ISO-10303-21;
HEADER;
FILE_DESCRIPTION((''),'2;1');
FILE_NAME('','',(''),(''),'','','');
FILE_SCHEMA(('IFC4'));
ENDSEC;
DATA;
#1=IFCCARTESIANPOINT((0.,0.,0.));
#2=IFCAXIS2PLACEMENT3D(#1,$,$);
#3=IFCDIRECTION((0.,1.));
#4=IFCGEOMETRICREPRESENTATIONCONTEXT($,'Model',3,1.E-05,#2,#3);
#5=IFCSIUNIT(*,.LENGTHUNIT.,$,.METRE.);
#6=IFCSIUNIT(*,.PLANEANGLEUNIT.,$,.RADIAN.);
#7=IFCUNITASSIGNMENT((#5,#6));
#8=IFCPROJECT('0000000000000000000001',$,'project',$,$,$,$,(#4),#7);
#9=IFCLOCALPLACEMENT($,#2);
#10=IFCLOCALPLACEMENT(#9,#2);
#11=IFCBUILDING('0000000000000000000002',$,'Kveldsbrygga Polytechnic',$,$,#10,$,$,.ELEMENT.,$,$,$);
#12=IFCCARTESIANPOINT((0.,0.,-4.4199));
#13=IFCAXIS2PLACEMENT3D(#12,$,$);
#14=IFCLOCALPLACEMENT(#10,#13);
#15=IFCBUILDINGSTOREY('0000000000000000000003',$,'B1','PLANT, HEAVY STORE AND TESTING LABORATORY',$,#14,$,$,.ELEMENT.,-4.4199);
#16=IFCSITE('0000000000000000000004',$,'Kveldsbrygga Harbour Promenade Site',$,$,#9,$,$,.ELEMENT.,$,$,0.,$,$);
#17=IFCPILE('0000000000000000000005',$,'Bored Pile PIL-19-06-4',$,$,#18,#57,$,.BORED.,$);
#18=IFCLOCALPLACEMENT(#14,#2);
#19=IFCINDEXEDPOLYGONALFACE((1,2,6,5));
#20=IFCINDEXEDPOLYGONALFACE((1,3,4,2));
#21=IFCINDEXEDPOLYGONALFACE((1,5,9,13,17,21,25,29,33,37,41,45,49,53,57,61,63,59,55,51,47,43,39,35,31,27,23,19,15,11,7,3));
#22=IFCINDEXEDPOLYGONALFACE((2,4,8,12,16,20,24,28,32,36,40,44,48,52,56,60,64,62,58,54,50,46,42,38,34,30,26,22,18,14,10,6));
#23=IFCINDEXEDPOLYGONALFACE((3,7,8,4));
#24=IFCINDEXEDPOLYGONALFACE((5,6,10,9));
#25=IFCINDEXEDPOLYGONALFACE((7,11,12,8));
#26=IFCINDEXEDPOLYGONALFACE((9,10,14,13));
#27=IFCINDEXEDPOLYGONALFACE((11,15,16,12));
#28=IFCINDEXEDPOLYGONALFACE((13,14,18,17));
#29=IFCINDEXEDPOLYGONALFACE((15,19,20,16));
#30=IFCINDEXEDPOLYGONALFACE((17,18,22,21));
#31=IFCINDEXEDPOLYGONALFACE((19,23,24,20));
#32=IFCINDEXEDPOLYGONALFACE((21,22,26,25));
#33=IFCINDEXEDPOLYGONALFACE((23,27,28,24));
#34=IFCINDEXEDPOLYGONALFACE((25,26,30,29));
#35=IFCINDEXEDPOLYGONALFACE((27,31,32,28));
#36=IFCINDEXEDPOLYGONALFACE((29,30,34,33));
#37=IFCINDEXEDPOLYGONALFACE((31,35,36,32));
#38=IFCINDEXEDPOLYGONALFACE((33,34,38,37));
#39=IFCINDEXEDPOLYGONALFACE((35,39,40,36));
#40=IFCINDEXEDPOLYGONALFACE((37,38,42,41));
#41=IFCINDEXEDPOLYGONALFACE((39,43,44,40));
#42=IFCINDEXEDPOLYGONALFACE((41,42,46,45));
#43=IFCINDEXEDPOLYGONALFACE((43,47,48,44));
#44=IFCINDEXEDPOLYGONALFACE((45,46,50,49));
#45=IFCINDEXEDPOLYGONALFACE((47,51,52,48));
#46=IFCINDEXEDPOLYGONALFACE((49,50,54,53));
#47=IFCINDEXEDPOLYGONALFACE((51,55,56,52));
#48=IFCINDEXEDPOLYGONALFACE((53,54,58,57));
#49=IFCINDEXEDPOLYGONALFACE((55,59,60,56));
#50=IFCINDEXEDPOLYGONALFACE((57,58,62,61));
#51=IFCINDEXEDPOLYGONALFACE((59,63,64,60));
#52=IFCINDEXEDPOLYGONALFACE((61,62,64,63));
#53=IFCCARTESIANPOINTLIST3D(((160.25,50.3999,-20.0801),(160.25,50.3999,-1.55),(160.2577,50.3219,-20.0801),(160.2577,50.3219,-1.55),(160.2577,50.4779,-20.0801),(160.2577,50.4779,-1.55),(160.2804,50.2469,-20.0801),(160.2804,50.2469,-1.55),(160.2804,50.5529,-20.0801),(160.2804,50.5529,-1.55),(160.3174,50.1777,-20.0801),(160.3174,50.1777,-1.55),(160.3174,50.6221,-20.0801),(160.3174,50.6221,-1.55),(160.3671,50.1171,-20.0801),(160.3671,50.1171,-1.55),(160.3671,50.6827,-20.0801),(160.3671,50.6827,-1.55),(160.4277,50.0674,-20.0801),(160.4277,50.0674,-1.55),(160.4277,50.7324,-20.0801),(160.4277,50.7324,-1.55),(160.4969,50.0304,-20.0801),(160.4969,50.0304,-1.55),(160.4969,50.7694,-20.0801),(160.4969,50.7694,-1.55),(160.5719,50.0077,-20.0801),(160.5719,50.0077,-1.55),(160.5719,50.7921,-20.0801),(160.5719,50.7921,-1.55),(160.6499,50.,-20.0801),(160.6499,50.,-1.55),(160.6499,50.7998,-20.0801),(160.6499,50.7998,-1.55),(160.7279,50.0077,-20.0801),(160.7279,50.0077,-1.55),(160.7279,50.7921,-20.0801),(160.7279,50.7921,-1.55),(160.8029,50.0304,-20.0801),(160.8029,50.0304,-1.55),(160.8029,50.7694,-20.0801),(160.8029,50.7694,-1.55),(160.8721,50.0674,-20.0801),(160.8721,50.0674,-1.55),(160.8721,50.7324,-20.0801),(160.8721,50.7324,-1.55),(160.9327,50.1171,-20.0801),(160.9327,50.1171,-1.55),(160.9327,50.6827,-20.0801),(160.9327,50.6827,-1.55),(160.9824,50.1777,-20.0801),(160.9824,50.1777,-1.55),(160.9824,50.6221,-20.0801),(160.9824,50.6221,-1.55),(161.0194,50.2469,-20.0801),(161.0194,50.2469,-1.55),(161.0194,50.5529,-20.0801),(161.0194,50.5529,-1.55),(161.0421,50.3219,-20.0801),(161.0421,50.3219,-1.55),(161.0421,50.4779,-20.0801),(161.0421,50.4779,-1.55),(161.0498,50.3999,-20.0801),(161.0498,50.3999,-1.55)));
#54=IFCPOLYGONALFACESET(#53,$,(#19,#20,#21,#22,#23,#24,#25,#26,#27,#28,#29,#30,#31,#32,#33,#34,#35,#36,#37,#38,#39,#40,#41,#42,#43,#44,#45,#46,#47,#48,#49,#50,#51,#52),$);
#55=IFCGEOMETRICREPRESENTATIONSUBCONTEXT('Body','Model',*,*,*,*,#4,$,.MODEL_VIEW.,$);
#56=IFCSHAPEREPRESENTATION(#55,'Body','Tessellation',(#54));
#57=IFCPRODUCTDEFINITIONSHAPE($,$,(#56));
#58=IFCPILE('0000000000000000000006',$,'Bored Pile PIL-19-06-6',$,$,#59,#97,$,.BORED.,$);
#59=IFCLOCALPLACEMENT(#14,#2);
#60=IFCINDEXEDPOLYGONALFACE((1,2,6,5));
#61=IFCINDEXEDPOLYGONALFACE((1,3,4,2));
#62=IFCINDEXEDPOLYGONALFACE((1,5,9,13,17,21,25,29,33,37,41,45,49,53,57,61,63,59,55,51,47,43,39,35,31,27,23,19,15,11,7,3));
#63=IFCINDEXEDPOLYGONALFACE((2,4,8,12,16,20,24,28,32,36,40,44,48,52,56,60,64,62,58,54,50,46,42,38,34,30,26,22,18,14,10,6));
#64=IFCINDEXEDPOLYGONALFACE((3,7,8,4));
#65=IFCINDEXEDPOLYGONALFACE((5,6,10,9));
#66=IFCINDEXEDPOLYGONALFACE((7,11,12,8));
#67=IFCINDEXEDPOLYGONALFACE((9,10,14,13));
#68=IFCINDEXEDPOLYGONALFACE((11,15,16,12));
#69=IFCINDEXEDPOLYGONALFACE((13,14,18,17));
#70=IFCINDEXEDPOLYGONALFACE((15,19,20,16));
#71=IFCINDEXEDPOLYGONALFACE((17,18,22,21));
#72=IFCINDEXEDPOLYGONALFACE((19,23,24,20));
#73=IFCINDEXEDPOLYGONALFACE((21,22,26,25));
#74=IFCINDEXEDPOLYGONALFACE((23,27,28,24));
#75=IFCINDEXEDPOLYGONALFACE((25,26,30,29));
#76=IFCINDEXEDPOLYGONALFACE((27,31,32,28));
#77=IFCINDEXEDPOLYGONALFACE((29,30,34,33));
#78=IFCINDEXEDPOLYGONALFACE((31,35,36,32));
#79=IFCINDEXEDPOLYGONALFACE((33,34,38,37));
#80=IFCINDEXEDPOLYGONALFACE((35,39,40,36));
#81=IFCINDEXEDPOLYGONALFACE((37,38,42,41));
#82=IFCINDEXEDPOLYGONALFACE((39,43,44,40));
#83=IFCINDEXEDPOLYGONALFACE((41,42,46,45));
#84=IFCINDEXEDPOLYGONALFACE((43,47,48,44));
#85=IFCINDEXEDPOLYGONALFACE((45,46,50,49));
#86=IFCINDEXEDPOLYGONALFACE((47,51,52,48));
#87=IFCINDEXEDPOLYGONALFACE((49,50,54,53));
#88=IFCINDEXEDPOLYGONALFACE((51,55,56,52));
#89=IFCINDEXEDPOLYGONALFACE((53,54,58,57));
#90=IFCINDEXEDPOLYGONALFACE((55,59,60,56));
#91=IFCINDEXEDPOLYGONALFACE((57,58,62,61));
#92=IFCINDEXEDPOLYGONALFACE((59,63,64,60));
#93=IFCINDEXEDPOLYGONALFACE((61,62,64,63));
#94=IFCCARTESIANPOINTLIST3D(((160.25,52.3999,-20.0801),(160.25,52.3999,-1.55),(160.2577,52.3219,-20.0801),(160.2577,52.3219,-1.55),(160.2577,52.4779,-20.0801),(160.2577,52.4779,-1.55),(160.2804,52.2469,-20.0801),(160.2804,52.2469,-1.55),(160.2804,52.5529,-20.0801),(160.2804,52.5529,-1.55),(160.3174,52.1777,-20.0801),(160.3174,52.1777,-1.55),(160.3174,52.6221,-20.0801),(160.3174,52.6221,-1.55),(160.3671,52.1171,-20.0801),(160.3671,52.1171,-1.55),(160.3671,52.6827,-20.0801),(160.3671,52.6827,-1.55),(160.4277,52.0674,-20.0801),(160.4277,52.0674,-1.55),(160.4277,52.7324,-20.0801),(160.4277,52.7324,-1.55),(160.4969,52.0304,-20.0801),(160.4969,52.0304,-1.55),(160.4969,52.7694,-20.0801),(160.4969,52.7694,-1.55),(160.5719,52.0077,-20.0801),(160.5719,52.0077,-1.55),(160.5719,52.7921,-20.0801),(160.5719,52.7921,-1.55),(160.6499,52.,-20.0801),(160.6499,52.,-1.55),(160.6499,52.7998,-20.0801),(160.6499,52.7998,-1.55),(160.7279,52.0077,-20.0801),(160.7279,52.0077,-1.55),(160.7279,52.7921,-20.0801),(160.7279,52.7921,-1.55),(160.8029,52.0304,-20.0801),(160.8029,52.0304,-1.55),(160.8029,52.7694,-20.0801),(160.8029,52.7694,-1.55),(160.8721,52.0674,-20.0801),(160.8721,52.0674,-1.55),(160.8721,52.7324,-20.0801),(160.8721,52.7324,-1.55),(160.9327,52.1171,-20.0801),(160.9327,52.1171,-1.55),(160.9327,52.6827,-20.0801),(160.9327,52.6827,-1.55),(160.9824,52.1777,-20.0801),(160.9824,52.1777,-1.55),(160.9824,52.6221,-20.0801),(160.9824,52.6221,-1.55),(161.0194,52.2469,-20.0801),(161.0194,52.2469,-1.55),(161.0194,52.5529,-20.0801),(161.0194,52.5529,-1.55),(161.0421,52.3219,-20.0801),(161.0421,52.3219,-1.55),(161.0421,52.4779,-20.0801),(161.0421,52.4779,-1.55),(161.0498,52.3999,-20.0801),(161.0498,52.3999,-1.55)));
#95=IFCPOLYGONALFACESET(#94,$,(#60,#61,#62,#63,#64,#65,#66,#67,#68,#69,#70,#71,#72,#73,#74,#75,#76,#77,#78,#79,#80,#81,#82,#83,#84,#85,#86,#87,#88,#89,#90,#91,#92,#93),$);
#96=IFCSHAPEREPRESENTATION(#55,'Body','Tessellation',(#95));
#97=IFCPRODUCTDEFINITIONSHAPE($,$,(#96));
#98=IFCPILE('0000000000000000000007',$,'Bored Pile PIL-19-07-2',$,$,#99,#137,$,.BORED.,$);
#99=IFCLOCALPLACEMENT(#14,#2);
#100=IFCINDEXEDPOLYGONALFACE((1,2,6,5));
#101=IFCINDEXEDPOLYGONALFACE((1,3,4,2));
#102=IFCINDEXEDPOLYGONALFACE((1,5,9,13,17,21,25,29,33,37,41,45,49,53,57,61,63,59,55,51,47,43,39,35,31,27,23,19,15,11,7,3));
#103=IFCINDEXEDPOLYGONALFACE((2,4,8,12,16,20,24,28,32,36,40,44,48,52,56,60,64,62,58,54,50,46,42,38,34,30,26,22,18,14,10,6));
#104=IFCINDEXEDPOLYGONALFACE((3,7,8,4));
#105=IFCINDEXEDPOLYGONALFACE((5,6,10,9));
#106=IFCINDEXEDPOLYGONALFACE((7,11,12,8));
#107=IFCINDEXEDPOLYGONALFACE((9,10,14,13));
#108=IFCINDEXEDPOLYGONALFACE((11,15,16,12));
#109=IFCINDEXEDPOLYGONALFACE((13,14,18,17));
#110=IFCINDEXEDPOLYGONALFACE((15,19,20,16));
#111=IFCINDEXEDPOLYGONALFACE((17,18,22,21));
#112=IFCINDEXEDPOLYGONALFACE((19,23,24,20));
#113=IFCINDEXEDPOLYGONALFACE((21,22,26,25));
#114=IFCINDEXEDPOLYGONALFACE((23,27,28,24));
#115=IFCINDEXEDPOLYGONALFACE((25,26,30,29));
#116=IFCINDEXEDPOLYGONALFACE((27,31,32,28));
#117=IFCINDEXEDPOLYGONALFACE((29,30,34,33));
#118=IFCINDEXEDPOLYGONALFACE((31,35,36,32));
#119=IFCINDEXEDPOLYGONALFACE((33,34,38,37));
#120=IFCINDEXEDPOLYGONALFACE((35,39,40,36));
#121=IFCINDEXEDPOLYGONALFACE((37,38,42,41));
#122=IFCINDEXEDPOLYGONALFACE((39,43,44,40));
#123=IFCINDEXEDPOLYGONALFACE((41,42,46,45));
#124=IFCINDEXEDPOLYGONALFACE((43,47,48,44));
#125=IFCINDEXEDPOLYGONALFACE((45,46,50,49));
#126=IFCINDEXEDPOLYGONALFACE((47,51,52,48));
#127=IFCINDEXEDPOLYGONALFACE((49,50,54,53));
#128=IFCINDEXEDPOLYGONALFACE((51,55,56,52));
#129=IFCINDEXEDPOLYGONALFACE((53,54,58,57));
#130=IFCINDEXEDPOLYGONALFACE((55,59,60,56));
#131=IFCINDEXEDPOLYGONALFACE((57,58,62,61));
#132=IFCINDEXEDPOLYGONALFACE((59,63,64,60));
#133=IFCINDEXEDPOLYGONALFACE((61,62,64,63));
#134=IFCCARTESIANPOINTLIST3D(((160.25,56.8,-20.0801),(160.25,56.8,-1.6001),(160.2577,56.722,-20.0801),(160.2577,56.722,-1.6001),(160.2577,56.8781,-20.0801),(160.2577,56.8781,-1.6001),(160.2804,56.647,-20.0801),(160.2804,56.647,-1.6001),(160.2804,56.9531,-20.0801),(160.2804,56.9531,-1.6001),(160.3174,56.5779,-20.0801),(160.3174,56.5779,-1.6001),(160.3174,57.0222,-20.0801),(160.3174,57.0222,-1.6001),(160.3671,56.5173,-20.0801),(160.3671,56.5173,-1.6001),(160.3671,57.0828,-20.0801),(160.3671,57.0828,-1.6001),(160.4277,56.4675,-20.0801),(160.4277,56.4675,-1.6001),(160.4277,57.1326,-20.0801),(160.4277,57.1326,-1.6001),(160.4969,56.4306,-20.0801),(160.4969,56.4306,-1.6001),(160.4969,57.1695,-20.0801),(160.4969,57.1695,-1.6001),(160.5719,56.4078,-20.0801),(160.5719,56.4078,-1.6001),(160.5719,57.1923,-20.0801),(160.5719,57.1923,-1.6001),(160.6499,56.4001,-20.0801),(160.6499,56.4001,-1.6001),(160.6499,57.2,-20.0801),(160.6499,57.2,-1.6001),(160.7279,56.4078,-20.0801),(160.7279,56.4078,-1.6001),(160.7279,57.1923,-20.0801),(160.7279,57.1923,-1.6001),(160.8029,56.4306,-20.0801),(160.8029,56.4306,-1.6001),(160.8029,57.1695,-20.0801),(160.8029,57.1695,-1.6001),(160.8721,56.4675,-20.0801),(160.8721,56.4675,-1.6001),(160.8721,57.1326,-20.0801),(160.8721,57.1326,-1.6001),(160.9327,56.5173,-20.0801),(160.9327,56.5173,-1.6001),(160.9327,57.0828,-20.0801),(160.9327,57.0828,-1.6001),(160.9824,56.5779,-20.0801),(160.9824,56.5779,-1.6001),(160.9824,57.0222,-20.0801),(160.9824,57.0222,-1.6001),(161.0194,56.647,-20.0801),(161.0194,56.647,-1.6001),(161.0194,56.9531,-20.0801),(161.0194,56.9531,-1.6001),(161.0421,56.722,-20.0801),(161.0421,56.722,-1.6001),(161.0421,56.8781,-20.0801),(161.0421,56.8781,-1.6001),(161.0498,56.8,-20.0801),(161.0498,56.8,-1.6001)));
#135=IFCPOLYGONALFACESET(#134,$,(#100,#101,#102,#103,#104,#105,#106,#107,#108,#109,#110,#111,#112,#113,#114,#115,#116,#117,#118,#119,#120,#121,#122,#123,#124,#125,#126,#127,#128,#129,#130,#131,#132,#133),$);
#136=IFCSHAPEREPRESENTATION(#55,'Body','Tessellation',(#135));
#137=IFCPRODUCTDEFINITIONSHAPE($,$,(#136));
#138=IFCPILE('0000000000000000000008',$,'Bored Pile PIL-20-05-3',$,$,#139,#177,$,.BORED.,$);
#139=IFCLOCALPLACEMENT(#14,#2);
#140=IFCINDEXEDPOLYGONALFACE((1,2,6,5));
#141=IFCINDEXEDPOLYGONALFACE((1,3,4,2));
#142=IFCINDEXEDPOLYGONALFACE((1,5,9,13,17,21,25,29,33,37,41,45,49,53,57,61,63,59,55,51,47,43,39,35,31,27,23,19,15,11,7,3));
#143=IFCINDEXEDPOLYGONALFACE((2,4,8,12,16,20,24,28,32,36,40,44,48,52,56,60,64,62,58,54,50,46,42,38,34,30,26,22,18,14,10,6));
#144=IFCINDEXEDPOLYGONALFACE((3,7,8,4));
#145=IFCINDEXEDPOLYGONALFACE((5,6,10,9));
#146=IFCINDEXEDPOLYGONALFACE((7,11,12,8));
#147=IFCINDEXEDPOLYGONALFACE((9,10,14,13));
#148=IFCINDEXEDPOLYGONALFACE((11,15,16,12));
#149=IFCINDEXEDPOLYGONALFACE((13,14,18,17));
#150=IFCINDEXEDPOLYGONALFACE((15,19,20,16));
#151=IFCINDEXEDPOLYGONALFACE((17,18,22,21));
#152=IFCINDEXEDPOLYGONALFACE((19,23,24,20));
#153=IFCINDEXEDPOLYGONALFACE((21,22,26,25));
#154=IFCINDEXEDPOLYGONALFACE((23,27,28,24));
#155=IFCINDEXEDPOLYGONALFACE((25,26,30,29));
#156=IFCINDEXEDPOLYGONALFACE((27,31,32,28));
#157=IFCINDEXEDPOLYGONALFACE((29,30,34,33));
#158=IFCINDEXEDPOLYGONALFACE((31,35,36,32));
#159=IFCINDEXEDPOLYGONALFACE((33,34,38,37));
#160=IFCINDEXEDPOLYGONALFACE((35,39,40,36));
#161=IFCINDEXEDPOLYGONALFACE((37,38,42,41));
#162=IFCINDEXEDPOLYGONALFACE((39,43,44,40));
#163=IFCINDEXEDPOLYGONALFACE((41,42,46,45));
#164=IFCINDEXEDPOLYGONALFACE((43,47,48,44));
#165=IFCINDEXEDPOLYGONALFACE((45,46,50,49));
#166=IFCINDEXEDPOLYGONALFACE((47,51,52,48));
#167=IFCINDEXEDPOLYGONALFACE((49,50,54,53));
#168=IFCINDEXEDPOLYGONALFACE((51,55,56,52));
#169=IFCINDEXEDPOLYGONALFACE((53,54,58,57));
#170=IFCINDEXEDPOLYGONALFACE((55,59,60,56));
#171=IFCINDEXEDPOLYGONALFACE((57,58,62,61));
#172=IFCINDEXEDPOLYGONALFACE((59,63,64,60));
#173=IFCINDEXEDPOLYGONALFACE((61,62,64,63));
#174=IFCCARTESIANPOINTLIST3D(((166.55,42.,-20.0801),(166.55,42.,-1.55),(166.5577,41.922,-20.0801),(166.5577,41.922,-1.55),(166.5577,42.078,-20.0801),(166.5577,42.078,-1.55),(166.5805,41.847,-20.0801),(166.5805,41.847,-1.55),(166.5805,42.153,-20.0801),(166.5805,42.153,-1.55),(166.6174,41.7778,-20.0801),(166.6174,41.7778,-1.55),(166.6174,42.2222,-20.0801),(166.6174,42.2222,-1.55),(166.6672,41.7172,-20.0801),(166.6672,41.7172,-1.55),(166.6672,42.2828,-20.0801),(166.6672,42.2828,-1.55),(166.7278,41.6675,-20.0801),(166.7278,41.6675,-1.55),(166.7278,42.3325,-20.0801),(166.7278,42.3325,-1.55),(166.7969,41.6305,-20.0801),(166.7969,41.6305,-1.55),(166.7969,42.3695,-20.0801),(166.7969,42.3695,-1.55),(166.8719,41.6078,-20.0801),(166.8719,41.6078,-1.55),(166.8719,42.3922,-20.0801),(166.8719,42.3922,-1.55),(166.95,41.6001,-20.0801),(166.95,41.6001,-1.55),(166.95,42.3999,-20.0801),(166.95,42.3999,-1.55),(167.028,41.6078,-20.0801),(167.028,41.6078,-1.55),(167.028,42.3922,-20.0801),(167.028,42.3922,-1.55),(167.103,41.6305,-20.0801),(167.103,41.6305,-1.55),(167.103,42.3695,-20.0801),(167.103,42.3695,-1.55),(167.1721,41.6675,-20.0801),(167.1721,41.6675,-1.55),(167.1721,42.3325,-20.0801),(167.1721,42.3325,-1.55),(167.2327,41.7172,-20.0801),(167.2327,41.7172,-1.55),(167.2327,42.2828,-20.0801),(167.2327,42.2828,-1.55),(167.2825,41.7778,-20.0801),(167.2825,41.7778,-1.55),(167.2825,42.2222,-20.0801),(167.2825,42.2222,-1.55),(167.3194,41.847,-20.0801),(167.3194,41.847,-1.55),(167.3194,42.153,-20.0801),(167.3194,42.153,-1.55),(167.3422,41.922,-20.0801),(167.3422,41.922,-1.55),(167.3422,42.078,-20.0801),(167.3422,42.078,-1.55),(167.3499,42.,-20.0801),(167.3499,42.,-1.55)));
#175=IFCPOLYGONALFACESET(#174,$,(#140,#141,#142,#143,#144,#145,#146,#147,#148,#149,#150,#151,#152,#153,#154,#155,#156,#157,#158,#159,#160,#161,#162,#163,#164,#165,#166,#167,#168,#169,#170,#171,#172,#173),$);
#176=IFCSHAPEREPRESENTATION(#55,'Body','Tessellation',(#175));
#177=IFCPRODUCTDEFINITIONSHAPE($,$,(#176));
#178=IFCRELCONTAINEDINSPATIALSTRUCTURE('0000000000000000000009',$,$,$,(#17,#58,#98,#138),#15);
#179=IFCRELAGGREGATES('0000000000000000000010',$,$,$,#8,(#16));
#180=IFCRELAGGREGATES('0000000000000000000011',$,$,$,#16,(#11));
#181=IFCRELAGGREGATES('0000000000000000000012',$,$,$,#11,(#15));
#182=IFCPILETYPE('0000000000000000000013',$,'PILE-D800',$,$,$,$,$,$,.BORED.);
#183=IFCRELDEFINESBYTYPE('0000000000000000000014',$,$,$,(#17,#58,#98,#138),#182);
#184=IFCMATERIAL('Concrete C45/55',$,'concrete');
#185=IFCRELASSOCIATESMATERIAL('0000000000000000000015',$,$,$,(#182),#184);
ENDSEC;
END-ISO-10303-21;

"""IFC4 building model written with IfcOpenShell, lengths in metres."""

from ifc_helpers import new_model, si_unit, direction, frame, origin, origin_2d, place, context, subcontext, project, spatial, circle, extrude, material, material_profile, profile_set, type_object, element, save


model = new_model("IFC4")

# Units and contexts
model_context = context("Model", 3, precision=1e-05, world=origin(), true_north=direction((0.0, 1.0)))
body_context = subcontext(model_context, "Body", "Model", "MODEL_VIEW")
ifc_project = project(units=[si_unit("LENGTHUNIT", "METRE"), si_unit("PLANEANGLEUNIT", "RADIAN")], contexts=[model_context])

# Site, building, storey
site_placement = place(None, origin())
site = spatial("IfcSite", under=ifc_project, at=site_placement, Name="Kveldsbrygga Harbour Promenade Site", CompositionType="ELEMENT", RefElevation=0.0)
building_placement = place(site_placement, origin())
building = spatial("IfcBuilding", under=site, at=building_placement, Name="Kveldsbrygga Polytechnic", CompositionType="ELEMENT")
storey_placement = place(building_placement, frame((0.0, 0.0, -4.4199)))
storey = spatial("IfcBuildingStorey", under=building, at=storey_placement, Name="B1", Description="PLANT, HEAVY STORE AND TESTING LABORATORY", CompositionType="ELEMENT", Elevation=-4.4199)

# Shared definitions
ifc_material_1 = material(Name="Concrete C45/55", Category="concrete")

# Piles
ifc_material_profile_1 = material_profile(ifc_material_1, circle(Radius=0.3999, at=origin_2d()), Name="PILE D800")
ifc_profile_set_1 = profile_set([ifc_material_profile_1], Name="Concrete C45/55")
pile_type = type_object("IfcPileType", Name="PILE-D800", PredefinedType="BORED", material=ifc_profile_set_1)
for number, where, z_axis, x_axis, name in (
    (1, (160.6499, 50.3999, -1.55), (0.0, 0.0, -1.0), (1.0, 0.0, 0.0), "Bored Pile PIL-19-06-4"),
    (2, (160.6499, 52.3999, -1.55), (0.0, 0.0, -1.0), (1.0, 0.0, 0.0), "Bored Pile PIL-19-06-6"),
):
    element("IfcPile", number, at=place(storey_placement, frame(where, z_axis=z_axis, x_axis=x_axis)), inside=storey, type_object=pile_type, Name=name, PredefinedType="BORED", context=body_context, shape_type="SweptSolid", body=[
        extrude(circle(Radius=0.3999, at=origin_2d()), origin(), (0.0, 0.0, 1.0), 18.53),
    ])
pile_placement = place(storey_placement, frame((160.6499, 56.8, -1.6001), z_axis=(0.0, 0.0, -1.0), x_axis=(1.0, 0.0, 0.0)))
element("IfcPile", 3, at=pile_placement, inside=storey, type_object=pile_type, Name="Bored Pile PIL-19-07-2", PredefinedType="BORED", context=body_context, shape_type="SweptSolid", body=[
    extrude(circle(Radius=0.3999, at=origin_2d()), origin(), (0.0, 0.0, 1.0), 18.48),
])
for number, where, z_axis, x_axis, name in (
    (4, (166.95, 42.0, -1.55), (0.0, 0.0, -1.0), (1.0, 0.0, 0.0), "Bored Pile PIL-20-05-3"),
):
    element("IfcPile", number, at=place(storey_placement, frame(where, z_axis=z_axis, x_axis=x_axis)), inside=storey, type_object=pile_type, Name=name, PredefinedType="BORED", context=body_context, shape_type="SweptSolid", body=[
        extrude(circle(Radius=0.3999, at=origin_2d()), origin(), (0.0, 0.0, 1.0), 18.53),
    ])

save(model, "model.ifc")
